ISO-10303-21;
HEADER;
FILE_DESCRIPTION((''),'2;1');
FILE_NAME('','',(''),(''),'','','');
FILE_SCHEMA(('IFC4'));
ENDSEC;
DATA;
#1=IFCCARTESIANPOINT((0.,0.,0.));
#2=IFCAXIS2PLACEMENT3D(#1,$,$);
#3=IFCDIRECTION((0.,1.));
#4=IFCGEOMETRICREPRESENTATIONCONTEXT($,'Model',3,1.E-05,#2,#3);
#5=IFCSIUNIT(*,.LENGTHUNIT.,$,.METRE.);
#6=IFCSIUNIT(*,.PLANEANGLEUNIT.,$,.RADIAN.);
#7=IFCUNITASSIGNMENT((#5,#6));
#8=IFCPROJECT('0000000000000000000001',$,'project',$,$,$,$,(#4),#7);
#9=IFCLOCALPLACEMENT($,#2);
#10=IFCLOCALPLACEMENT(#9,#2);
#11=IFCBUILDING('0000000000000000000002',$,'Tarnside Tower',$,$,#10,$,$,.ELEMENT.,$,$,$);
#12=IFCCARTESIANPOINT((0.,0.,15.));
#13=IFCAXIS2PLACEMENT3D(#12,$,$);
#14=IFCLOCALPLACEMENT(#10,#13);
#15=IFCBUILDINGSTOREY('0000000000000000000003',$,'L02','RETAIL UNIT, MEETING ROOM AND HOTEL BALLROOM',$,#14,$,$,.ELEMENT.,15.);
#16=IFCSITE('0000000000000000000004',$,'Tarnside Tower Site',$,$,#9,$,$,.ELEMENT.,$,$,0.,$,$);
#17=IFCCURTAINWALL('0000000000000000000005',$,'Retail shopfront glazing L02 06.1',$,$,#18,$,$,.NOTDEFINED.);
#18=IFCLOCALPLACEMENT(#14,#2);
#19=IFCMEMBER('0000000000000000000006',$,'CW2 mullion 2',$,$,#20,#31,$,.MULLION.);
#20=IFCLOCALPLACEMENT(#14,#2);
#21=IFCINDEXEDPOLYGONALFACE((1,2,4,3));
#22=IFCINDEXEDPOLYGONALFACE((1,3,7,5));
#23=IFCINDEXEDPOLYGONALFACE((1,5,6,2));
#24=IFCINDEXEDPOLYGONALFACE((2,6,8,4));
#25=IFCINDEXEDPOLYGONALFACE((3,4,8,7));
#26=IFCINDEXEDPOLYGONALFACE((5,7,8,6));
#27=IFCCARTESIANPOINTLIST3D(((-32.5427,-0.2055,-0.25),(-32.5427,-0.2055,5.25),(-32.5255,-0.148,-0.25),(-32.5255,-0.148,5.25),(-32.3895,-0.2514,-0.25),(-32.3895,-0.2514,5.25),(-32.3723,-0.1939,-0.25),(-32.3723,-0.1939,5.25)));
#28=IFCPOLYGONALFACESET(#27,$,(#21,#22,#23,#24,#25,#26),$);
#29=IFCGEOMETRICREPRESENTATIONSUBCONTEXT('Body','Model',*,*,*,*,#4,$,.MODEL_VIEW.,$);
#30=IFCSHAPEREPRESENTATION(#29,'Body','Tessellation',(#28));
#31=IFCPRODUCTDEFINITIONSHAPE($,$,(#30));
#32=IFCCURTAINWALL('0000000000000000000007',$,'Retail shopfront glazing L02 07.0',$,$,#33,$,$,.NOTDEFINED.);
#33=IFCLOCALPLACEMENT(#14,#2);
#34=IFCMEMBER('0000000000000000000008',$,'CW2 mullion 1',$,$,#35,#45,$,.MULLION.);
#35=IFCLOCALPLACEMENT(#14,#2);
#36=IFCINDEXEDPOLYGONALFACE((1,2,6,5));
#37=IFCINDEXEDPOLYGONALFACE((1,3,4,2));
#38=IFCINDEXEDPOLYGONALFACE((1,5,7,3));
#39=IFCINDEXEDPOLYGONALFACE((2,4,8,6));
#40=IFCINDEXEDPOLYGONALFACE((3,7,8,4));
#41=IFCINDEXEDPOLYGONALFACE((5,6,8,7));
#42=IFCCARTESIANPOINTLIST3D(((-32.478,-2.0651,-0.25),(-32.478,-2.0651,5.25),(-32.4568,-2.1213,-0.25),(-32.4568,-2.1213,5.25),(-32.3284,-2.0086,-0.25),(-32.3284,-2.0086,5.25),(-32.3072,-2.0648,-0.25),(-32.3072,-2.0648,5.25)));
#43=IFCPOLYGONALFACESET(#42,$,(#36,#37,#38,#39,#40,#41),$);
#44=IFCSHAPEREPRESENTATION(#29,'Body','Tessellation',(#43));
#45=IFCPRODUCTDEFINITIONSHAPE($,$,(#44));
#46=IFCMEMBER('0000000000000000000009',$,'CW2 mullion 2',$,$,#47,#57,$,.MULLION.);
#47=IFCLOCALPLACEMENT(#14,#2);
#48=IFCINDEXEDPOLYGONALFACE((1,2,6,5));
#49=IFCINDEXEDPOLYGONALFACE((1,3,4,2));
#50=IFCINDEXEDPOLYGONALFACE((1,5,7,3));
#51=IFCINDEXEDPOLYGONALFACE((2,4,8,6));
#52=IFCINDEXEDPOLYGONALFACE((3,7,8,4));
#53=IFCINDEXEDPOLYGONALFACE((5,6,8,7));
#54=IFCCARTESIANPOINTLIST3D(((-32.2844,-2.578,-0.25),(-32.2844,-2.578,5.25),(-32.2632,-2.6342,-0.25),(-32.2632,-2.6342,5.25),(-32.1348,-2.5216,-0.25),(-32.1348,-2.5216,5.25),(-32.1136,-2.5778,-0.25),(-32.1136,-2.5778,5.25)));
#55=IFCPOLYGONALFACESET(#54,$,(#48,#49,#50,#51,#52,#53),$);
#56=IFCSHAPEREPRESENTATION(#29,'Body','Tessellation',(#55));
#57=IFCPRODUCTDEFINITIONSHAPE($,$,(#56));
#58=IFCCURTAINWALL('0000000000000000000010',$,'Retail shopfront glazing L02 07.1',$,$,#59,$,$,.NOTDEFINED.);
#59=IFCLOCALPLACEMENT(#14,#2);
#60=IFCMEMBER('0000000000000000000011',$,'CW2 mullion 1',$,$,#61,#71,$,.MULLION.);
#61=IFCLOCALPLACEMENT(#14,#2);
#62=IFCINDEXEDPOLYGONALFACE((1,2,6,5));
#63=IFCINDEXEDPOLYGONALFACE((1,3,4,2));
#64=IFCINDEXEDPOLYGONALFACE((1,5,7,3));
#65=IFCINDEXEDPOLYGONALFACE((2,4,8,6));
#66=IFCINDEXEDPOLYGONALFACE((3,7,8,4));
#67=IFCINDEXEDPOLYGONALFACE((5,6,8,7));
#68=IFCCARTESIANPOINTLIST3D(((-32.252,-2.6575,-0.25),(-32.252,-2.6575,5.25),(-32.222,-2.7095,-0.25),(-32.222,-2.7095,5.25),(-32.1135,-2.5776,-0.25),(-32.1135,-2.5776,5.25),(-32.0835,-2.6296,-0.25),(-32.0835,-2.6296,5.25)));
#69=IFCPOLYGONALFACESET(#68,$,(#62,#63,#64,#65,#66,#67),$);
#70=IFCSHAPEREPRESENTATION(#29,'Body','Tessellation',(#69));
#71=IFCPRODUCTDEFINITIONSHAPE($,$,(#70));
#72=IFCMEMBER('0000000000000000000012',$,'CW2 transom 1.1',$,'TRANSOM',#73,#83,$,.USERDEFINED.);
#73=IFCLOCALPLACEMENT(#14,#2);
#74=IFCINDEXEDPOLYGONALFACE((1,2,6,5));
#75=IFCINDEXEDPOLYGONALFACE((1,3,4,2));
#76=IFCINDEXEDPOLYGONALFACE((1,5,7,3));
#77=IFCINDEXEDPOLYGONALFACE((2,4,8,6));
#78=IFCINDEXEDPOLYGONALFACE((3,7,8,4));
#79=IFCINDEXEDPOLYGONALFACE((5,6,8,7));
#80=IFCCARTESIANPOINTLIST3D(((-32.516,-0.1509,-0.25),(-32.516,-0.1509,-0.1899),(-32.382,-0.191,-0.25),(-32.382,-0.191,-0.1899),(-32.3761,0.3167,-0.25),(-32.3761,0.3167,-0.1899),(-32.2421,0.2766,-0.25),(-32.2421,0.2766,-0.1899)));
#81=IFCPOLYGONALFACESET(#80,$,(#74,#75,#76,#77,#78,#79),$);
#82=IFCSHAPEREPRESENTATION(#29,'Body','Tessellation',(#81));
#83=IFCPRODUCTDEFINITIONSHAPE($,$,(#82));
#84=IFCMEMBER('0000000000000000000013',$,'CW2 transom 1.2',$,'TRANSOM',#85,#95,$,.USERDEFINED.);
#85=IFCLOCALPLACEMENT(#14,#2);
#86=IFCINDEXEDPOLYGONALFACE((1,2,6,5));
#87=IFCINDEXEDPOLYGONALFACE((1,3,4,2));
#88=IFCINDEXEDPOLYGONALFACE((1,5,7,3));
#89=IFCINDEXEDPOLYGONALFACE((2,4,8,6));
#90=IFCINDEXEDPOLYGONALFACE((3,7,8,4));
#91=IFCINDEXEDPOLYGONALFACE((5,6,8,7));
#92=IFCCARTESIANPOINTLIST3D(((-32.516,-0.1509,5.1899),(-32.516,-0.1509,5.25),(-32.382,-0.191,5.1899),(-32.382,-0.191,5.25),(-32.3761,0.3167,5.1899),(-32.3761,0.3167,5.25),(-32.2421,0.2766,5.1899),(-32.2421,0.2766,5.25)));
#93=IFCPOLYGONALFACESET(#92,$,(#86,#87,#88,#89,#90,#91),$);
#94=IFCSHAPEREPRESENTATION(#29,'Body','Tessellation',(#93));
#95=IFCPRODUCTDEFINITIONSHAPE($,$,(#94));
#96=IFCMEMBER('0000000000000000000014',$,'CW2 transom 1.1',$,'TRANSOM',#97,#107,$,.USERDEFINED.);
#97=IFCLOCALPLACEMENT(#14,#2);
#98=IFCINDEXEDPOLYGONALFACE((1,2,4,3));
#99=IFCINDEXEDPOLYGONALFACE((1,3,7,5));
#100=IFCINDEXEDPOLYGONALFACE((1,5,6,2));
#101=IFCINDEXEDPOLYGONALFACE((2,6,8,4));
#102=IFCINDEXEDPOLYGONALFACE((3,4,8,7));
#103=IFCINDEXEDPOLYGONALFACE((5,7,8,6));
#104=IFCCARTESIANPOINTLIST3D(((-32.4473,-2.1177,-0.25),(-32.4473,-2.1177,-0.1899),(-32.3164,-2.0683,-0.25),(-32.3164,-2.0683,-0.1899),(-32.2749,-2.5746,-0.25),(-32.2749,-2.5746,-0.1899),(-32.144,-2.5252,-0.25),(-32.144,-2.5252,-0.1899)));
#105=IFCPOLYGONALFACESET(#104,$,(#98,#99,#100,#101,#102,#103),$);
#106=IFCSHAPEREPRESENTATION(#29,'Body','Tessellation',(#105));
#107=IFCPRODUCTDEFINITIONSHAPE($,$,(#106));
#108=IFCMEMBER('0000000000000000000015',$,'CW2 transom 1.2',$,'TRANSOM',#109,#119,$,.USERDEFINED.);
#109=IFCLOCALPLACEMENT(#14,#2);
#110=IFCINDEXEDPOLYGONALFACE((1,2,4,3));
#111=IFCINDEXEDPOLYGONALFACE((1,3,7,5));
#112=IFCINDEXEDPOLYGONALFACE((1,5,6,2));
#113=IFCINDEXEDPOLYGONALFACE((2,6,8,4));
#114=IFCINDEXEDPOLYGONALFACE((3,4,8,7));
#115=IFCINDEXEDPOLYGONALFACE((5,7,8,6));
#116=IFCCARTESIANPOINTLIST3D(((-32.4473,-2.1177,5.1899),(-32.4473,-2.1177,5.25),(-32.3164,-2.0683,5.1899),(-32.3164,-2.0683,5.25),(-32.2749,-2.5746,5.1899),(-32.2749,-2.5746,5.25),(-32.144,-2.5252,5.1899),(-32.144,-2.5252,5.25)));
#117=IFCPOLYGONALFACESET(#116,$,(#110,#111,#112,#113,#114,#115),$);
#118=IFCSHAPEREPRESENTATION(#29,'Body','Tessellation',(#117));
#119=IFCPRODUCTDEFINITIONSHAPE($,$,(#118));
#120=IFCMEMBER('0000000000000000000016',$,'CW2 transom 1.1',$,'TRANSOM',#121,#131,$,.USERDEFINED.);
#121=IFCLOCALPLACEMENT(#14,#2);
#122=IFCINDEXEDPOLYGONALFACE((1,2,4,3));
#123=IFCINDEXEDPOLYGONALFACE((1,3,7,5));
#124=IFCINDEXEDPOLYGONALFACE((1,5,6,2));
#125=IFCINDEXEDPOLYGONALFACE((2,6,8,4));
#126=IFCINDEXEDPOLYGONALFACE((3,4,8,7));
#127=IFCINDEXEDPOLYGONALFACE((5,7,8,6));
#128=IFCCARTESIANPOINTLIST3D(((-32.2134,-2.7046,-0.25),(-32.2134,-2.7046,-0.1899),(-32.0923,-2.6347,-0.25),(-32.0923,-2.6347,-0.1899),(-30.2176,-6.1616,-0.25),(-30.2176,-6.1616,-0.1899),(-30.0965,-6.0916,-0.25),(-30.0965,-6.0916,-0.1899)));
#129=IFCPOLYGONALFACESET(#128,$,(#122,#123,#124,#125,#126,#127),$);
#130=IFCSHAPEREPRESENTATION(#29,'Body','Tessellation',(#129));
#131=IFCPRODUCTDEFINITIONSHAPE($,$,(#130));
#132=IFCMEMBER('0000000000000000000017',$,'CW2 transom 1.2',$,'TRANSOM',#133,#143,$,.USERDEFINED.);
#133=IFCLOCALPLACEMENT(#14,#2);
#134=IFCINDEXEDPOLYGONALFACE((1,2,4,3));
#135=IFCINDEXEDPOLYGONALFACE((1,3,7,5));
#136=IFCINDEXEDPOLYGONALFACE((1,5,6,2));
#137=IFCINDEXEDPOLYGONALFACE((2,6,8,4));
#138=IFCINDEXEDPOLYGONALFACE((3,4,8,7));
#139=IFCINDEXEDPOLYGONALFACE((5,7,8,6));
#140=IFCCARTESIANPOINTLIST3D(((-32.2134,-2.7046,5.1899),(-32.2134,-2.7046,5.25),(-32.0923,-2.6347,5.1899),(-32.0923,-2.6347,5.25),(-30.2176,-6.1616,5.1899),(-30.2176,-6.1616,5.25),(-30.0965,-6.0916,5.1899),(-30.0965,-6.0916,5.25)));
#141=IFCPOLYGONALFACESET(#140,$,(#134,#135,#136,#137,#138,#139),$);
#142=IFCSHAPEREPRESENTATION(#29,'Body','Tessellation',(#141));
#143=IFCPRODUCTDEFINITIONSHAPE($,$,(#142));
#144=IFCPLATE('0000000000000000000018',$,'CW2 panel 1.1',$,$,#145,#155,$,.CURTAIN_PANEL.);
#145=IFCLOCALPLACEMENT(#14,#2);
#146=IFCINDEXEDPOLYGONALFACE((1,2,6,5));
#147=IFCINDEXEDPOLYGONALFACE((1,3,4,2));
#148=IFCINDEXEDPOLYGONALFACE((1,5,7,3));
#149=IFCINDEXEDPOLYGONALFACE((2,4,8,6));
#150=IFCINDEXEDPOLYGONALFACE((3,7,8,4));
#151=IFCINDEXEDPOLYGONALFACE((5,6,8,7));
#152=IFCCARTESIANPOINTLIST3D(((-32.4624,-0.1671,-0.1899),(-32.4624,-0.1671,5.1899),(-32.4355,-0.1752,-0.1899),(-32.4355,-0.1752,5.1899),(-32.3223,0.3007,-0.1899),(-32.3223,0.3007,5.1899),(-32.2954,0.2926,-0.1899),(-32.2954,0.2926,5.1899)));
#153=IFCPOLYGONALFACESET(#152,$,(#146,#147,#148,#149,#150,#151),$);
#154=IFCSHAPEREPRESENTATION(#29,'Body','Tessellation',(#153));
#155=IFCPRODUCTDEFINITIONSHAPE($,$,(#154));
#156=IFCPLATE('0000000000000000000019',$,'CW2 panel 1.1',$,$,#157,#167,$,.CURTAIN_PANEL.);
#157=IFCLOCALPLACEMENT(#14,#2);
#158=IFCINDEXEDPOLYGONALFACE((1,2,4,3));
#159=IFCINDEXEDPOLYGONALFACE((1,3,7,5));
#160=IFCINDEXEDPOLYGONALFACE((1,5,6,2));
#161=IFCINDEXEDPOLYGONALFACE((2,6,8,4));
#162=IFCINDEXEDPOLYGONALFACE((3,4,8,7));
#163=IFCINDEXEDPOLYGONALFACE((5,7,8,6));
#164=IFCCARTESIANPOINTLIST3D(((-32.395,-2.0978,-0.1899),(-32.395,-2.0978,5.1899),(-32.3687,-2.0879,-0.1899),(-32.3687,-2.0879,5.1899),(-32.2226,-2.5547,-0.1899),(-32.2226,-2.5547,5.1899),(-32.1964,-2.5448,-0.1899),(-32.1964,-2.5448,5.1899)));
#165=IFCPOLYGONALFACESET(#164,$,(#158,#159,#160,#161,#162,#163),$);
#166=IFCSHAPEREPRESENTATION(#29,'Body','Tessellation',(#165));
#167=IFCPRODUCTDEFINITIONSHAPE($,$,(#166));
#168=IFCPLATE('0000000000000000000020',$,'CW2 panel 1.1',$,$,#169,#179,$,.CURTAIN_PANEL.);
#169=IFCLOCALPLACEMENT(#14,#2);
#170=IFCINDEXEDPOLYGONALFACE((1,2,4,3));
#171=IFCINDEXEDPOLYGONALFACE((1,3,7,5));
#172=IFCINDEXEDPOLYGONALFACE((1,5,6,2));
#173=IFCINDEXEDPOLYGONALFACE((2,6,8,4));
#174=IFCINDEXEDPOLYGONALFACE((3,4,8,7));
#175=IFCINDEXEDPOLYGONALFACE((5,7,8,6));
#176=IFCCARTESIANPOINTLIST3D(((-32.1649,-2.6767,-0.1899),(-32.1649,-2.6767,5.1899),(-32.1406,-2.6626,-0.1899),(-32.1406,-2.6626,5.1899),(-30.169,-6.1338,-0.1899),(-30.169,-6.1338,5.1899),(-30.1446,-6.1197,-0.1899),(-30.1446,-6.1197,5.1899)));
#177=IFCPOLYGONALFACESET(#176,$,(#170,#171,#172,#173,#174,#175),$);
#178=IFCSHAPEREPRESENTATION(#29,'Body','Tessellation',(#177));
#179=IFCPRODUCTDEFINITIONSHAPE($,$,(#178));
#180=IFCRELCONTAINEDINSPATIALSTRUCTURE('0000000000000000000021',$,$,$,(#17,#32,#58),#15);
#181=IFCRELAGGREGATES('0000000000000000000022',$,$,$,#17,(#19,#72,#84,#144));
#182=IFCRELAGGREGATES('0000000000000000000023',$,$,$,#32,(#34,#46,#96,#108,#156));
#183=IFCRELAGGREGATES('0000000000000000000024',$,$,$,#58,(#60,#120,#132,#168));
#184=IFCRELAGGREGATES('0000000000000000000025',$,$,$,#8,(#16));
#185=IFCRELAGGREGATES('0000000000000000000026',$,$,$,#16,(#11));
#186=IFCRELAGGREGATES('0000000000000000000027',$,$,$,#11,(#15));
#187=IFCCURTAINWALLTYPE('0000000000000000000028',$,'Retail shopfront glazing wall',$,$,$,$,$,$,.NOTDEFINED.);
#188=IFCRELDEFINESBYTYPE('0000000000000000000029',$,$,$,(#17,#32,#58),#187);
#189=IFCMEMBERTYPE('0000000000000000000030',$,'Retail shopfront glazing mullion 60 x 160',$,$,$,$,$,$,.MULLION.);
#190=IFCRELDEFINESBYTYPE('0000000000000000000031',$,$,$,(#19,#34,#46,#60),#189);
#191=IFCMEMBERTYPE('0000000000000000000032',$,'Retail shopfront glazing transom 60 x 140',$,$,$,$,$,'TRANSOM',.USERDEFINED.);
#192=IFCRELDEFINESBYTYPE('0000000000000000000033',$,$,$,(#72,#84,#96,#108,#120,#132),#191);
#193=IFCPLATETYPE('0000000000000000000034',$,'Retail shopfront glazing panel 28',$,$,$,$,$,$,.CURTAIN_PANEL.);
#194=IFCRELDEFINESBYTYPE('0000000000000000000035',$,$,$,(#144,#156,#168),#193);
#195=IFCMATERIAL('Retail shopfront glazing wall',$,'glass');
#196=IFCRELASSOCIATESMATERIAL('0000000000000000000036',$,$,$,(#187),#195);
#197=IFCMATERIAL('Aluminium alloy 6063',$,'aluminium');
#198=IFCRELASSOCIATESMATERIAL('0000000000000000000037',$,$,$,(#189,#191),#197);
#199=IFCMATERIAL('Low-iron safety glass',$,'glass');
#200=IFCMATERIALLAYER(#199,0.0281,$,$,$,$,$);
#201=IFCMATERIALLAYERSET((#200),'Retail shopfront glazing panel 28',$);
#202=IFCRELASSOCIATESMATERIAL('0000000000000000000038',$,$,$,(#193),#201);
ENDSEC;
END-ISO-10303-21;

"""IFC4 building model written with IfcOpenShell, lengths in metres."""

from ifc_helpers import new_model, si_unit, direction, frame, origin, origin_2d, place, context, subcontext, project, spatial, rectangle, extrude, material, layer, layer_set, material_profile, profile_set, type_object, element, aggregate, save


model = new_model("IFC4")

# Units and contexts
model_context = context("Model", 3, precision=1e-05, world=origin(), true_north=direction((0.0, 1.0)))
body_context = subcontext(model_context, "Body", "Model", "MODEL_VIEW")
ifc_project = project(units=[si_unit("LENGTHUNIT", "METRE"), si_unit("PLANEANGLEUNIT", "RADIAN")], contexts=[model_context])

# Site, building, storey
site_placement = place(None, origin())
site = spatial("IfcSite", under=ifc_project, at=site_placement, Name="Tarnside Tower Site", CompositionType="ELEMENT", RefElevation=0.0)
building_placement = place(site_placement, origin())
building = spatial("IfcBuilding", under=site, at=building_placement, Name="Tarnside Tower", CompositionType="ELEMENT")
storey_placement = place(building_placement, frame((0.0, 0.0, 15.0)))
storey = spatial("IfcBuildingStorey", under=building, at=storey_placement, Name="L02", Description="RETAIL UNIT, MEETING ROOM AND HOTEL BALLROOM", CompositionType="ELEMENT", Elevation=15.0)

# Shared definitions
ifc_material_1 = material(Name="Retail shopfront glazing wall", Category="glass")
curtain_wall_type = type_object("IfcCurtainWallType", Name="Retail shopfront glazing wall", PredefinedType="NOTDEFINED", material=ifc_material_1)
ifc_material_2 = material(Name="Aluminium alloy 6063", Category="aluminium")
ifc_material_profile_1 = material_profile(ifc_material_2, rectangle(XDim=0.1599, YDim=0.0601, at=origin_2d()), Name="Retail shopfront glazing mullion 60 x 160")
ifc_profile_set_1 = profile_set([ifc_material_profile_1], Name="Aluminium alloy 6063")
member_type_1 = type_object("IfcMemberType", Name="Retail shopfront glazing mullion 60 x 160", PredefinedType="MULLION", material=ifc_profile_set_1)

# Curtain walls, members
curtain_wall_1_placement = place(storey_placement, origin())
curtain_wall_1 = element("IfcCurtainWall", 1, at=curtain_wall_1_placement, inside=storey, type_object=curtain_wall_type, Name="Retail shopfront glazing L02 06.1", PredefinedType="NOTDEFINED")
member_1_placement = place(storey_placement, frame((-32.4575, -0.1997, -0.25), z_axis=(0.0, 0.0, 1.0), x_axis=(0.95799, -0.286803, 0.0)))
member_1 = element("IfcMember", 2, at=member_1_placement, type_object=member_type_1, Name="CW2 mullion 2", PredefinedType="MULLION", context=body_context, shape_type="SweptSolid", body=[
    extrude(rectangle(XDim=0.1599, YDim=0.0601, at=origin_2d()), origin(), (0.0, 0.0, 1.0), 5.5),
])
curtain_wall_2_placement = place(storey_placement, origin())
curtain_wall_2 = element("IfcCurtainWall", 3, at=curtain_wall_2_placement, inside=storey, type_object=curtain_wall_type, Name="Retail shopfront glazing L02 07.0", PredefinedType="NOTDEFINED")
member_2_placement = place(storey_placement, frame((-32.3926, -2.0649, -0.25), z_axis=(0.0, 0.0, 1.0), x_axis=(0.93565, 0.352931, 0.0)))
member_2 = element("IfcMember", 4, at=member_2_placement, type_object=member_type_1, Name="CW2 mullion 1", PredefinedType="MULLION", context=body_context, shape_type="SweptSolid", body=[
    extrude(rectangle(XDim=0.1599, YDim=0.0601, at=origin_2d()), origin(), (0.0, 0.0, 1.0), 5.5),
])
member_3_placement = place(storey_placement, frame((-32.199, -2.5779, -0.25), z_axis=(0.0, 0.0, 1.0), x_axis=(0.93565, 0.352931, 0.0)))
member_3 = element("IfcMember", 5, at=member_3_placement, type_object=member_type_1, Name="CW2 mullion 2", PredefinedType="MULLION", context=body_context, shape_type="SweptSolid", body=[
    extrude(rectangle(XDim=0.1599, YDim=0.0601, at=origin_2d()), origin(), (0.0, 0.0, 1.0), 5.5),
])

# Curtain wall, member
curtain_wall_3_placement = place(storey_placement, origin())
curtain_wall_3 = element("IfcCurtainWall", 6, at=curtain_wall_3_placement, inside=storey, type_object=curtain_wall_type, Name="Retail shopfront glazing L02 07.1", PredefinedType="NOTDEFINED")
member_4_placement = place(storey_placement, frame((-32.1677, -2.6436, -0.25), z_axis=(0.0, 0.0, 1.0), x_axis=(0.866025, 0.5, 0.0)))
member_4 = element("IfcMember", 7, at=member_4_placement, type_object=member_type_1, Name="CW2 mullion 1", PredefinedType="MULLION", context=body_context, shape_type="SweptSolid", body=[
    extrude(rectangle(XDim=0.1599, YDim=0.0601, at=origin_2d()), origin(), (0.0, 0.0, 1.0), 5.5),
])

# Members
ifc_material_profile_2 = material_profile(ifc_material_2, rectangle(XDim=0.1399, YDim=0.0601, at=origin_2d()), Name="Retail shopfront glazing transom 60 x 140")
ifc_profile_set_2 = profile_set([ifc_material_profile_2], Name="Aluminium alloy 6063")
member_type_2 = type_object("IfcMemberType", Name="Retail shopfront glazing transom 60 x 140", ElementType="TRANSOM", PredefinedType="USERDEFINED", material=ifc_profile_set_2)
member_5_placement = place(storey_placement, frame((-32.3091, 0.2966, -0.22), z_axis=(-0.286659, -0.958033, 0.0), x_axis=(0.958033, -0.286659, 0.0)))
member_5 = element("IfcMember", 8, at=member_5_placement, type_object=member_type_2, Name="CW2 transom 1.1", ObjectType="TRANSOM", PredefinedType="USERDEFINED", context=body_context, shape_type="SweptSolid", body=[
    extrude(rectangle(XDim=0.1399, YDim=0.0601, at=origin_2d()), origin(), (0.0, 0.0, 1.0), 0.488),
])
member_6_placement = place(storey_placement, frame((-32.3091, 0.2966, 5.22), z_axis=(-0.286659, -0.958033, 0.0), x_axis=(0.958033, -0.286659, 0.0)))
member_6 = element("IfcMember", 9, at=member_6_placement, type_object=member_type_2, Name="CW2 transom 1.2", ObjectType="TRANSOM", PredefinedType="USERDEFINED", context=body_context, shape_type="SweptSolid", body=[
    extrude(rectangle(XDim=0.1399, YDim=0.0601, at=origin_2d()), origin(), (0.0, 0.0, 1.0), 0.488),
])
member_7_placement = place(storey_placement, frame((-32.3818, -2.093, -0.22), z_axis=(0.353041, -0.935608, 0.0), x_axis=(0.935608, 0.353041, 0.0)))
member_7 = element("IfcMember", 10, at=member_7_placement, type_object=member_type_2, Name="CW2 transom 1.1", ObjectType="TRANSOM", PredefinedType="USERDEFINED", context=body_context, shape_type="SweptSolid", body=[
    extrude(rectangle(XDim=0.1399, YDim=0.0601, at=origin_2d()), origin(), (0.0, 0.0, 1.0), 0.4883),
])
member_8_placement = place(storey_placement, frame((-32.3818, -2.093, 5.22), z_axis=(0.353041, -0.935608, 0.0), x_axis=(0.935608, 0.353041, 0.0)))
member_8 = element("IfcMember", 11, at=member_8_placement, type_object=member_type_2, Name="CW2 transom 1.2", ObjectType="TRANSOM", PredefinedType="USERDEFINED", context=body_context, shape_type="SweptSolid", body=[
    extrude(rectangle(XDim=0.1399, YDim=0.0601, at=origin_2d()), origin(), (0.0, 0.0, 1.0), 0.4883),
])
member_9_placement = place(storey_placement, frame((-32.1528, -2.6697, -0.22), z_axis=(0.499987, -0.866033, 0.0), x_axis=(0.866033, 0.499987, 0.0)))
member_9 = element("IfcMember", 12, at=member_9_placement, type_object=member_type_2, Name="CW2 transom 1.1", ObjectType="TRANSOM", PredefinedType="USERDEFINED", context=body_context, shape_type="SweptSolid", body=[
    extrude(rectangle(XDim=0.1399, YDim=0.0601, at=origin_2d()), origin(), (0.0, 0.0, 1.0), 3.9917),
])
member_10_placement = place(storey_placement, frame((-32.1528, -2.6697, 5.22), z_axis=(0.499987, -0.866033, 0.0), x_axis=(0.866033, 0.499987, 0.0)))
member_10 = element("IfcMember", 13, at=member_10_placement, type_object=member_type_2, Name="CW2 transom 1.2", ObjectType="TRANSOM", PredefinedType="USERDEFINED", context=body_context, shape_type="SweptSolid", body=[
    extrude(rectangle(XDim=0.1399, YDim=0.0601, at=origin_2d()), origin(), (0.0, 0.0, 1.0), 3.9917),
])

# Plates
ifc_material_3 = material(Name="Low-iron safety glass", Category="glass")
ifc_layer = layer(ifc_material_3, 0.0281)
ifc_layer_set = layer_set([ifc_layer], Name="Retail shopfront glazing panel 28")
plate_type = type_object("IfcPlateType", Name="Retail shopfront glazing panel 28", PredefinedType="CURTAIN_PANEL", material=ifc_layer_set)
plate_1_placement = place(storey_placement, frame((-32.3789, 0.0627, -0.1899), z_axis=(0.0, 0.0, 1.0), x_axis=(-0.286803, -0.95799, 0.0)))
plate_1 = element("IfcPlate", 14, at=plate_1_placement, type_object=plate_type, Name="CW2 panel 1.1", PredefinedType="CURTAIN_PANEL", context=body_context, shape_type="SweptSolid", body=[
    extrude(rectangle(XDim=0.4883, YDim=0.0281, at=origin_2d()), origin(), (0.0, 0.0, 1.0), 5.3799),
])
aggregate(curtain_wall_1, [member_1, member_5, member_6, plate_1])
plate_2_placement = place(storey_placement, frame((-32.2957, -2.3213, -0.1899), z_axis=(0.0, 0.0, 1.0), x_axis=(0.352931, -0.93565, 0.0)))
plate_2 = element("IfcPlate", 15, at=plate_2_placement, type_object=plate_type, Name="CW2 panel 1.1", PredefinedType="CURTAIN_PANEL", context=body_context, shape_type="SweptSolid", body=[
    extrude(rectangle(XDim=0.4883, YDim=0.0281, at=origin_2d()), origin(), (0.0, 0.0, 1.0), 5.3799),
])
aggregate(curtain_wall_2, [member_2, member_3, member_7, member_8, plate_2])
plate_3_placement = place(storey_placement, frame((-31.1548, -4.3982, -0.1899), z_axis=(0.0, 0.0, 1.0), x_axis=(0.5, -0.866025, 0.0)))
plate_3 = element("IfcPlate", 16, at=plate_3_placement, type_object=plate_type, Name="CW2 panel 1.1", PredefinedType="CURTAIN_PANEL", context=body_context, shape_type="SweptSolid", body=[
    extrude(rectangle(XDim=3.9919, YDim=0.0281, at=origin_2d()), origin(), (0.0, 0.0, 1.0), 5.3799),
])
aggregate(curtain_wall_3, [member_4, member_9, member_10, plate_3])

save(model, "model.ifc")
